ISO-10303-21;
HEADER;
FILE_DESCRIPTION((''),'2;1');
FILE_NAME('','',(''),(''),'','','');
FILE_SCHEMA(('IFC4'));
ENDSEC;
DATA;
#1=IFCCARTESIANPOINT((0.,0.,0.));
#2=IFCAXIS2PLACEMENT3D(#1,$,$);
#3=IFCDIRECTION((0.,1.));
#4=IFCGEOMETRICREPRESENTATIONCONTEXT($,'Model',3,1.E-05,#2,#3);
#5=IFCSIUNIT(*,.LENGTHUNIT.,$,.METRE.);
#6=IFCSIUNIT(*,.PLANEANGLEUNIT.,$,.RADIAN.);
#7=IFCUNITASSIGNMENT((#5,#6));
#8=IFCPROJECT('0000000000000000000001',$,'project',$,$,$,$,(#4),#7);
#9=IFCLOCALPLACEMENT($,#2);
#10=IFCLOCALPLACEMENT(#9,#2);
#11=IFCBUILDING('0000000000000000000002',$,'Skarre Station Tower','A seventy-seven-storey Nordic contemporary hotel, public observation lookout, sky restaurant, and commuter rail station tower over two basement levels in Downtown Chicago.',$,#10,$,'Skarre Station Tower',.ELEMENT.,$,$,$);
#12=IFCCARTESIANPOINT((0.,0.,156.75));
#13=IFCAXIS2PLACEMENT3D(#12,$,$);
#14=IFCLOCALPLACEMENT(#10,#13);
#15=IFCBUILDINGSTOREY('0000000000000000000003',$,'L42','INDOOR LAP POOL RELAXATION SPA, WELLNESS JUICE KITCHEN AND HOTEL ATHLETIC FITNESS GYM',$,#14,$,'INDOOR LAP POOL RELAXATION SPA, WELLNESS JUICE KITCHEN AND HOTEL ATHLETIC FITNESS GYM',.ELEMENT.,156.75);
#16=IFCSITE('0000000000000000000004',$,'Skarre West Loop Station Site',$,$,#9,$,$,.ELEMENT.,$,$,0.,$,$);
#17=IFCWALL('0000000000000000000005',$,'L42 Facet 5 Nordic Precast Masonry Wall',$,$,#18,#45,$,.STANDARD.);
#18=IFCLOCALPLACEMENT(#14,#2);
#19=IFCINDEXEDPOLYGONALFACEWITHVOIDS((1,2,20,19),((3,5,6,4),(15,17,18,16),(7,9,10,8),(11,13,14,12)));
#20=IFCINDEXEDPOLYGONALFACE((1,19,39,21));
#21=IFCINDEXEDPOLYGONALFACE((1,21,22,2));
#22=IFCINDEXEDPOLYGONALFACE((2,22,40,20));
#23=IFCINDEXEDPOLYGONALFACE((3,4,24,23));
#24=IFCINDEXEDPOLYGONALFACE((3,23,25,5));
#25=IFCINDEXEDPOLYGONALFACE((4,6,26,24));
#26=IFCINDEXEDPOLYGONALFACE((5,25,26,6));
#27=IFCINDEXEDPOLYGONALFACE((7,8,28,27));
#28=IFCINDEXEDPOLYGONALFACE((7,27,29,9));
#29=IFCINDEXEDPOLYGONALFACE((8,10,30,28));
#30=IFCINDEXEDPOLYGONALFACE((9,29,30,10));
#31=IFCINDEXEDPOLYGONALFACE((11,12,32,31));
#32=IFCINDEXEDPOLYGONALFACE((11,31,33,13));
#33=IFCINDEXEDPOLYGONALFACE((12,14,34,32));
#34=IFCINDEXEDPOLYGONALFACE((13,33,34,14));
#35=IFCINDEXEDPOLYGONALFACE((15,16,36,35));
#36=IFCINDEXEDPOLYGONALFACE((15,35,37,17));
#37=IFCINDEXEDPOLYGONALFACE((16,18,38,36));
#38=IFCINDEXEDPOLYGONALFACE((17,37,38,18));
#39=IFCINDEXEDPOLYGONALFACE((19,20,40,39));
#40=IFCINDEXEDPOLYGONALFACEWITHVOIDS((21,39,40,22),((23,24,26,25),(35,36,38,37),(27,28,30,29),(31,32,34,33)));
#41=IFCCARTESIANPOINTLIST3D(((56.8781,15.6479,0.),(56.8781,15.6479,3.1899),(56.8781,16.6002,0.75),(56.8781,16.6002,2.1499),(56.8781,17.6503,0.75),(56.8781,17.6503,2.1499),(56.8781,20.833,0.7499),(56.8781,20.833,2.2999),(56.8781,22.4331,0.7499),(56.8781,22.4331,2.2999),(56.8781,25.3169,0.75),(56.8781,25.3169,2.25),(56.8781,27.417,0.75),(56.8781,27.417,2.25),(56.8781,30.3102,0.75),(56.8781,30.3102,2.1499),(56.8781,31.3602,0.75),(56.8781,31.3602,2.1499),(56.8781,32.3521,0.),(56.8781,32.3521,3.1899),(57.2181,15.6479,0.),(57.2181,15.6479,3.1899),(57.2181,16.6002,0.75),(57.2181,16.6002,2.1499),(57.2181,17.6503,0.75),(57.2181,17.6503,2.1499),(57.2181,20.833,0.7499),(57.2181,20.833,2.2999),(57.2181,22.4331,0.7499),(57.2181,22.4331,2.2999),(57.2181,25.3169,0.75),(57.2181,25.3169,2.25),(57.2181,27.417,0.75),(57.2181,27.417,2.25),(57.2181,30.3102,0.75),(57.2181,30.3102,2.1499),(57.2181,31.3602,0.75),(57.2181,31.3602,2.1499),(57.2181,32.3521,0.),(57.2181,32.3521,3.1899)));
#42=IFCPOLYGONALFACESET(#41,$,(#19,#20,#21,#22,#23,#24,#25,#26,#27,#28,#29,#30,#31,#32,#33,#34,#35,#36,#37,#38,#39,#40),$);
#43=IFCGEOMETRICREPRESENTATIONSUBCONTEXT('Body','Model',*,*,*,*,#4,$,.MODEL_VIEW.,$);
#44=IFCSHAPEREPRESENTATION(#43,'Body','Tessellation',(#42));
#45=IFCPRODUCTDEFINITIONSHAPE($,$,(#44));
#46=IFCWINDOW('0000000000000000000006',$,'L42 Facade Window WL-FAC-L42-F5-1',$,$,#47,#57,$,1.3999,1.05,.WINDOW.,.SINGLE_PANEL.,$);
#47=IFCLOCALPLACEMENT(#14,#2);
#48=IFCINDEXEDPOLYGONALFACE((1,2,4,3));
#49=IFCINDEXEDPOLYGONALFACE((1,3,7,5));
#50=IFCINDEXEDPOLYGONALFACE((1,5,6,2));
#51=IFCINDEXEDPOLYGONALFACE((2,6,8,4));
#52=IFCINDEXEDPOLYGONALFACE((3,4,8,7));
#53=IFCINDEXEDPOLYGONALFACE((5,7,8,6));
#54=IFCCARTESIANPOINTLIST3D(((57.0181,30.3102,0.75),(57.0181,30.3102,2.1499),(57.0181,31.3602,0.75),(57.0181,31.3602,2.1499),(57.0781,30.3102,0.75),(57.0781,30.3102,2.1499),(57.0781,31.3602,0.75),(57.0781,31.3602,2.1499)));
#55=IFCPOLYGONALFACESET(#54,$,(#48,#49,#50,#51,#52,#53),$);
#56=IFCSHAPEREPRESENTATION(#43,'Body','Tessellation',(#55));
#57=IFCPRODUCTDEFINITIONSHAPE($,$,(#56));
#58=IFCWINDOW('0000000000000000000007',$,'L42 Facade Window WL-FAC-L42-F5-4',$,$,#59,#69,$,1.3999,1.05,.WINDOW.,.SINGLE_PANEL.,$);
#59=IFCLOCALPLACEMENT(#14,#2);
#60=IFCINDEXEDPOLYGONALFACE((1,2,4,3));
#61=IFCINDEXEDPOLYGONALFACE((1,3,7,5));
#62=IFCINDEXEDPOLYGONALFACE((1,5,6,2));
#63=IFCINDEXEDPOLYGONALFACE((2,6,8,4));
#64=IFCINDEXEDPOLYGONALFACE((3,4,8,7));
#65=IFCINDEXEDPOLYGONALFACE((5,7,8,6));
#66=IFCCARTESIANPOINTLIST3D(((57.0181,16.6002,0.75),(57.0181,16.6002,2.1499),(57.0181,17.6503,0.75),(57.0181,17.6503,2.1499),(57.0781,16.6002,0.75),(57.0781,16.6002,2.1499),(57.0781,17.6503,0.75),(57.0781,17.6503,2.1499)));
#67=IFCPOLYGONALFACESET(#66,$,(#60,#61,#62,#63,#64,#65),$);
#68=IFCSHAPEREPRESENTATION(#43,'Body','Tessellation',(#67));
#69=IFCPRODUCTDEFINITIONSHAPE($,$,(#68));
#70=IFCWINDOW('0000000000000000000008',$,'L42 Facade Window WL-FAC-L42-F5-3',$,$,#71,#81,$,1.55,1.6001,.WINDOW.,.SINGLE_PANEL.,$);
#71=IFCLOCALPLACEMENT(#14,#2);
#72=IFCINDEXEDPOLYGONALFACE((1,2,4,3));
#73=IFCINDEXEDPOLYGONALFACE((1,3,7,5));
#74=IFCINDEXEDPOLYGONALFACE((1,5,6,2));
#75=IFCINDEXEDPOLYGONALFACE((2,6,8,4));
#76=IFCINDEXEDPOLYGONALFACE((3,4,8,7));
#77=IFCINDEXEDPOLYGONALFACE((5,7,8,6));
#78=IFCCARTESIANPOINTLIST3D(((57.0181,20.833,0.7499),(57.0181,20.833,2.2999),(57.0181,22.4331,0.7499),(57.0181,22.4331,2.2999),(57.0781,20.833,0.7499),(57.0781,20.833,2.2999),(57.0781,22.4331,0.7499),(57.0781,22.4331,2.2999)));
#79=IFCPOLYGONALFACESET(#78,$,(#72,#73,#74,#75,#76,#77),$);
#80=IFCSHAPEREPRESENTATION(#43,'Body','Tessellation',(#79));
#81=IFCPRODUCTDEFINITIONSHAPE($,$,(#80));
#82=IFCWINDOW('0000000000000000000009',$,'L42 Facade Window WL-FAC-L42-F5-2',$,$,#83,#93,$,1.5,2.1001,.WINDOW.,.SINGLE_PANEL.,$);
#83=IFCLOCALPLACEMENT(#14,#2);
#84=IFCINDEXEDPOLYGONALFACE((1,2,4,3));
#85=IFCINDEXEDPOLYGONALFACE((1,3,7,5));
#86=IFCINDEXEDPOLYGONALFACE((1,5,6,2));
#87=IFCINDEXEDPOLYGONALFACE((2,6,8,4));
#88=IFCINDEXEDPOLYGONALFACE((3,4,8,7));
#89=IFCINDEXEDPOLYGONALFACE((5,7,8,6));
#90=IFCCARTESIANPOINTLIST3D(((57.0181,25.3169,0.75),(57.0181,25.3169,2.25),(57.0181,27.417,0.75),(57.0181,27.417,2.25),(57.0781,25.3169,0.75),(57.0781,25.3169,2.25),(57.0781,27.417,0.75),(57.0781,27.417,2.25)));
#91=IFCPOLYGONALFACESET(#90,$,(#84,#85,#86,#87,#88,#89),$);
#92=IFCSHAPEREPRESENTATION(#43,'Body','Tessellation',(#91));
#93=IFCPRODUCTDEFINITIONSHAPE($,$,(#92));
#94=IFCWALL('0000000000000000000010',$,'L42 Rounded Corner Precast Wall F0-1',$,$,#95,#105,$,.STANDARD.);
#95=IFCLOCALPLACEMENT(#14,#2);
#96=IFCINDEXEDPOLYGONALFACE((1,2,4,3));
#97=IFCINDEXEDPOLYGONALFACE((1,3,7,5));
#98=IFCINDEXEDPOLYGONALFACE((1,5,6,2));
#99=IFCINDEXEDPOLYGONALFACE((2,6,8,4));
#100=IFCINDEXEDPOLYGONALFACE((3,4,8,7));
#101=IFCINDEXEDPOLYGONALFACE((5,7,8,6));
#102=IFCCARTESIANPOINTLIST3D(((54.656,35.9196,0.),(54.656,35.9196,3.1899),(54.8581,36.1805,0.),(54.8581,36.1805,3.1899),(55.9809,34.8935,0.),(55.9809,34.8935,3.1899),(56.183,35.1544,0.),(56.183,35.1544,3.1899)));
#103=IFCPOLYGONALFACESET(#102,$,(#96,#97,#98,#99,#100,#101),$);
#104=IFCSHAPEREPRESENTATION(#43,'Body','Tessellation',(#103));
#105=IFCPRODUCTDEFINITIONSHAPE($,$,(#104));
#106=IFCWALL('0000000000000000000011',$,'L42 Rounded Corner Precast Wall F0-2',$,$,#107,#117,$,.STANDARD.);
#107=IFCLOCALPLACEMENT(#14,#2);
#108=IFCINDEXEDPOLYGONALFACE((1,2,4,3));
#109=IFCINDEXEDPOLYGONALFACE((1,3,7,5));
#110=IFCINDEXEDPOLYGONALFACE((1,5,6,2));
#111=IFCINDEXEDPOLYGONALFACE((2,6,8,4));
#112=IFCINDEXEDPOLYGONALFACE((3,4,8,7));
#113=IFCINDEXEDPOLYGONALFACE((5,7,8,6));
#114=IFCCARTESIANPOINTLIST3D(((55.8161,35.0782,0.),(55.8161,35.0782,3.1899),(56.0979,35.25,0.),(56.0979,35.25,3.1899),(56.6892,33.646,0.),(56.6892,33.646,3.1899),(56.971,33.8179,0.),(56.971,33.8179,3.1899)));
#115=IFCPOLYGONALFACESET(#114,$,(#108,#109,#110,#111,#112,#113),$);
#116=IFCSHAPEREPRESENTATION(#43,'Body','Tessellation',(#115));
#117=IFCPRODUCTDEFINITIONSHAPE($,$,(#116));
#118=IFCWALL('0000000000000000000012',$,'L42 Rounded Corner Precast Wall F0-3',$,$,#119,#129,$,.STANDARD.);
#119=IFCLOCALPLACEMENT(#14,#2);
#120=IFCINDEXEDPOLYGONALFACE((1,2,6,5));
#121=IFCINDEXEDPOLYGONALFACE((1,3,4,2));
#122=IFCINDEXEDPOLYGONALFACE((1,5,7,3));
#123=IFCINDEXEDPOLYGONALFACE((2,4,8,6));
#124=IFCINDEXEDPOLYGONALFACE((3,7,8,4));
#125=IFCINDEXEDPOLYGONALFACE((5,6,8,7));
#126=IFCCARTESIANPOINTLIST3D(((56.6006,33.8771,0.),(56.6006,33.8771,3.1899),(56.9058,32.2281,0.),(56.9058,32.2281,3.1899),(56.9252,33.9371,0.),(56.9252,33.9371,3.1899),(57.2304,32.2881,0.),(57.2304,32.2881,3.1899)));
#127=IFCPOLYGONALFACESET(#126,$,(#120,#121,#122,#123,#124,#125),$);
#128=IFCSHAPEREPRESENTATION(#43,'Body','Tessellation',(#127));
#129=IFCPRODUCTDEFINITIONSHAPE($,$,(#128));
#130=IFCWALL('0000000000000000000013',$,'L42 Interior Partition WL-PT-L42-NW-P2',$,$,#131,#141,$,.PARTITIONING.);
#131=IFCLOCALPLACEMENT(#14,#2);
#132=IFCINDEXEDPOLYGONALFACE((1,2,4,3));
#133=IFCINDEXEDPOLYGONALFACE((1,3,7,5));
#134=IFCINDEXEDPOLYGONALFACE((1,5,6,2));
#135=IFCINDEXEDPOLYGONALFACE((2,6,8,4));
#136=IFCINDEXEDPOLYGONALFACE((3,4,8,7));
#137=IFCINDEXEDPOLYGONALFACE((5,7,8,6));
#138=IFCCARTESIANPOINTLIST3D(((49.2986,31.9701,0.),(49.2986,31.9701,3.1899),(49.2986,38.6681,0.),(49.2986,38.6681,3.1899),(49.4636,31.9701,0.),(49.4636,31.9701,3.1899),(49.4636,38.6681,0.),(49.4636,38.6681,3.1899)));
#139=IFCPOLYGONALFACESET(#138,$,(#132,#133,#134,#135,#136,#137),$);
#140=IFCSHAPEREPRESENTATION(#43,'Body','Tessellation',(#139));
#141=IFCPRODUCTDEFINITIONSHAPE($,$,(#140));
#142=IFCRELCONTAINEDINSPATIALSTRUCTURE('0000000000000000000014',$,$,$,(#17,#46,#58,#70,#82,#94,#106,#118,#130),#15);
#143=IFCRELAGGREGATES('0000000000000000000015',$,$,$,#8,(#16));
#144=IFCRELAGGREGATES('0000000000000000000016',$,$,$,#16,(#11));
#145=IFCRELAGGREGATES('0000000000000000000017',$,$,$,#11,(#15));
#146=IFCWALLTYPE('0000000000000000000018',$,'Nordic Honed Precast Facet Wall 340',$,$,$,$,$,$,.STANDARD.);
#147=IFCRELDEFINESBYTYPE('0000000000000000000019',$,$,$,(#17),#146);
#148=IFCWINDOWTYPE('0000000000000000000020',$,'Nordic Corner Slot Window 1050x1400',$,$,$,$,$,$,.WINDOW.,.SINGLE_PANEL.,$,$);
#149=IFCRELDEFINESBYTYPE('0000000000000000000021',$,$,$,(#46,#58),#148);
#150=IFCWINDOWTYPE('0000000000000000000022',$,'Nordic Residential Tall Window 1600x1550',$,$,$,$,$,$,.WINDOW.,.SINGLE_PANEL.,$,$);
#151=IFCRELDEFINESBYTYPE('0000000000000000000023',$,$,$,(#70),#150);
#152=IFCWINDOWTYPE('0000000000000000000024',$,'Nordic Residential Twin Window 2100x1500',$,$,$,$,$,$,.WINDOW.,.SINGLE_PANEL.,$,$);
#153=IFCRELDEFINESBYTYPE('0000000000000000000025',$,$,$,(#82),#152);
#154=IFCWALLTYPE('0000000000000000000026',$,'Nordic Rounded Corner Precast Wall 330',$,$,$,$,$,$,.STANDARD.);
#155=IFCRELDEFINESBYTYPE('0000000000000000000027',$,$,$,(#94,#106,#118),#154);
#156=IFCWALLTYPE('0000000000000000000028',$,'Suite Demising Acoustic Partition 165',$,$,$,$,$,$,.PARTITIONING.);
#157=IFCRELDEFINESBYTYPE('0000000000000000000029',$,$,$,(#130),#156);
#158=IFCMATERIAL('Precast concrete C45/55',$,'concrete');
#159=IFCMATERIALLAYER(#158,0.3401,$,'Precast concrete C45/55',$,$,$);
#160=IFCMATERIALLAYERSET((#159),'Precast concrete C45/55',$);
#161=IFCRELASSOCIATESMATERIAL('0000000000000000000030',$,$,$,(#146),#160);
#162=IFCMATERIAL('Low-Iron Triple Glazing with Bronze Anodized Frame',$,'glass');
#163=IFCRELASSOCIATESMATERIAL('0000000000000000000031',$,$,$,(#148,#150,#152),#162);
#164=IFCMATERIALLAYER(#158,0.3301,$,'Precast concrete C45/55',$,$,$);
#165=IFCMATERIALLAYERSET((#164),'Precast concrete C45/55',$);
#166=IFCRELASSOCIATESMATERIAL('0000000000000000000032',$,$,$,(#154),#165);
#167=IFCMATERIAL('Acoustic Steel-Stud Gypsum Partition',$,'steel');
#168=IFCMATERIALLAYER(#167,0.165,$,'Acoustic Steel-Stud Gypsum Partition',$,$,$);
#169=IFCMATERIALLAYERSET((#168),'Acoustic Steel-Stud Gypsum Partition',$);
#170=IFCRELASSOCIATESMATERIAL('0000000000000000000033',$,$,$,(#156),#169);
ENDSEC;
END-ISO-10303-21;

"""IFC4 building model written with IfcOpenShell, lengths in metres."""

from ifc_helpers import new_model, si_unit, direction, frame, frame_2d, origin, place, context, subcontext, project, spatial, rectangle, extrude, material, layer, layer_set, type_object, element, fill, save


model = new_model("IFC4")

# Units and contexts
model_context = context("Model", 3, precision=1e-05, world=origin(), true_north=direction((0.0, 1.0)))
body_context = subcontext(model_context, "Body", "Model", "MODEL_VIEW")
ifc_project = project(units=[si_unit("LENGTHUNIT", "METRE"), si_unit("PLANEANGLEUNIT", "RADIAN")], contexts=[model_context])

# Site, building, storey
site_placement = place(None, origin())
site = spatial("IfcSite", under=ifc_project, at=site_placement, Name="Skarre West Loop Station Site", CompositionType="ELEMENT", RefElevation=0.0)
building_placement = place(site_placement, origin())
building = spatial("IfcBuilding", under=site, at=building_placement, Name="Skarre Station Tower", Description="A seventy-seven-storey Nordic contemporary hotel, public observation lookout, sky restaurant, and commuter rail station tower over two basement levels in Downtown Chicago.", LongName="Skarre Station Tower", CompositionType="ELEMENT")
storey_placement = place(building_placement, frame((0.0, 0.0, 156.75)))
storey = spatial("IfcBuildingStorey", under=building, at=storey_placement, Name="L42", Description="INDOOR LAP POOL RELAXATION SPA, WELLNESS JUICE KITCHEN AND HOTEL ATHLETIC FITNESS GYM", LongName="INDOOR LAP POOL RELAXATION SPA, WELLNESS JUICE KITCHEN AND HOTEL ATHLETIC FITNESS GYM", CompositionType="ELEMENT", Elevation=156.75)

# Shared definitions
ifc_material_1 = material(Name="Acoustic Steel-Stud Gypsum Partition", Category="steel")

# Wall, openings, windows
ifc_material_2 = material(Name="Precast concrete C45/55", Category="concrete")
ifc_layer_1 = layer(ifc_material_2, 0.3401, Name="Precast concrete C45/55")
ifc_layer_set_1 = layer_set([ifc_layer_1], Name="Precast concrete C45/55")
wall_type_1 = type_object("IfcWallType", Name="Nordic Honed Precast Facet Wall 340", PredefinedType="STANDARD", material=ifc_layer_set_1)
wall_1_placement = place(storey_placement, frame((57.0481, 32.3521, 0.0), z_axis=(0.0, 0.0, 1.0), x_axis=(0.0, -1.0, 0.0)))
wall_1 = element("IfcWall", 1, at=wall_1_placement, inside=storey, type_object=wall_type_1, Name="L42 Facet 5 Nordic Precast Masonry Wall", PredefinedType="STANDARD", context=body_context, shape_type="SweptSolid", body=[
    extrude(rectangle(XDim=16.7041, YDim=0.3401, at=frame_2d((8.3521, 0.0))), origin(), (0.0, 0.0, 1.0), 3.1899),
])
opening_1_placement = place(wall_1_placement, frame((0.9919, 0.0, 0.75)))
opening_1 = element("IfcOpeningElement", 2, at=opening_1_placement, cuts=wall_1, PredefinedType="OPENING", context=body_context, shape_type="SweptSolid", body=[
    extrude(rectangle(XDim=1.05, YDim=1.3999, at=frame_2d((0.5249, 0.7))), frame((0.0, 0.1799, 0.0), z_axis=(0.0, -1.0, 0.0), x_axis=(1.0, 0.0, 0.0)), (0.0, 0.0, 1.0), 0.3601),
])
opening_2_placement = place(wall_1_placement, frame((4.9351, 0.0, 0.75)))
opening_2 = element("IfcOpeningElement", 3, at=opening_2_placement, cuts=wall_1, PredefinedType="OPENING", context=body_context, shape_type="SweptSolid", body=[
    extrude(rectangle(XDim=2.1001, YDim=1.5, at=frame_2d((1.05, 0.75))), frame((0.0, 0.1799, 0.0), z_axis=(0.0, -1.0, 0.0), x_axis=(1.0, 0.0, 0.0)), (0.0, 0.0, 1.0), 0.3601),
])
opening_3_placement = place(wall_1_placement, frame((9.9189, 0.0, 0.75)))
opening_3 = element("IfcOpeningElement", 4, at=opening_3_placement, cuts=wall_1, PredefinedType="OPENING", context=body_context, shape_type="SweptSolid", body=[
    extrude(rectangle(XDim=1.6001, YDim=1.55, at=frame_2d((0.8, 0.7749))), frame((0.0, 0.1799, 0.0), z_axis=(0.0, -1.0, 0.0), x_axis=(1.0, 0.0, 0.0)), (0.0, 0.0, 1.0), 0.3601),
])
opening_4_placement = place(wall_1_placement, frame((14.7019, 0.0, 0.75)))
opening_4 = element("IfcOpeningElement", 5, at=opening_4_placement, cuts=wall_1, PredefinedType="OPENING", context=body_context, shape_type="SweptSolid", body=[
    extrude(rectangle(XDim=1.05, YDim=1.3999, at=frame_2d((0.5249, 0.7))), frame((0.0, 0.1799, 0.0), z_axis=(0.0, -1.0, 0.0), x_axis=(1.0, 0.0, 0.0)), (0.0, 0.0, 1.0), 0.3601),
])
ifc_material_3 = material(Name="Low-Iron Triple Glazing with Bronze Anodized Frame", Category="glass")
window_type_1 = type_object("IfcWindowType", Name="Nordic Corner Slot Window 1050x1400", PartitioningType="SINGLE_PANEL", PredefinedType="WINDOW", material=ifc_material_3)
window_1_placement = place(opening_1_placement, origin())
window_1 = element("IfcWindow", 6, at=window_1_placement, inside=storey, type_object=window_type_1, Name="L42 Facade Window WL-FAC-L42-F5-1", OverallHeight=1.3999, OverallWidth=1.05, PartitioningType="SINGLE_PANEL", PredefinedType="WINDOW", context=body_context, shape_type="SweptSolid", body=[
    extrude(rectangle(XDim=1.05, YDim=1.3999, at=frame_2d((0.5249, 0.7))), frame((0.0, 0.03, 0.0), z_axis=(0.0, -1.0, 0.0), x_axis=(1.0, 0.0, 0.0)), (0.0, 0.0, 1.0), 0.0601),
])
fill(opening_1, window_1)
window_2_placement = place(opening_4_placement, origin())
window_2 = element("IfcWindow", 7, at=window_2_placement, inside=storey, type_object=window_type_1, Name="L42 Facade Window WL-FAC-L42-F5-4", OverallHeight=1.3999, OverallWidth=1.05, PartitioningType="SINGLE_PANEL", PredefinedType="WINDOW", context=body_context, shape_type="SweptSolid", body=[
    extrude(rectangle(XDim=1.05, YDim=1.3999, at=frame_2d((0.5249, 0.7))), frame((0.0, 0.03, 0.0), z_axis=(0.0, -1.0, 0.0), x_axis=(1.0, 0.0, 0.0)), (0.0, 0.0, 1.0), 0.0601),
])
fill(opening_4, window_2)
window_type_2 = type_object("IfcWindowType", Name="Nordic Residential Tall Window 1600x1550", PartitioningType="SINGLE_PANEL", PredefinedType="WINDOW", material=ifc_material_3)
window_3_placement = place(opening_3_placement, origin())
window_3 = element("IfcWindow", 8, at=window_3_placement, inside=storey, type_object=window_type_2, Name="L42 Facade Window WL-FAC-L42-F5-3", OverallHeight=1.55, OverallWidth=1.6001, PartitioningType="SINGLE_PANEL", PredefinedType="WINDOW", context=body_context, shape_type="SweptSolid", body=[
    extrude(rectangle(XDim=1.6001, YDim=1.55, at=frame_2d((0.8, 0.7749))), frame((0.0, 0.03, 0.0), z_axis=(0.0, -1.0, 0.0), x_axis=(1.0, 0.0, 0.0)), (0.0, 0.0, 1.0), 0.0601),
])
fill(opening_3, window_3)
window_type_3 = type_object("IfcWindowType", Name="Nordic Residential Twin Window 2100x1500", PartitioningType="SINGLE_PANEL", PredefinedType="WINDOW", material=ifc_material_3)
window_4_placement = place(opening_2_placement, origin())
window_4 = element("IfcWindow", 9, at=window_4_placement, inside=storey, type_object=window_type_3, Name="L42 Facade Window WL-FAC-L42-F5-2", OverallHeight=1.5, OverallWidth=2.1001, PartitioningType="SINGLE_PANEL", PredefinedType="WINDOW", context=body_context, shape_type="SweptSolid", body=[
    extrude(rectangle(XDim=2.1001, YDim=1.5, at=frame_2d((1.05, 0.75))), frame((0.0, 0.03, 0.0), z_axis=(0.0, -1.0, 0.0), x_axis=(1.0, 0.0, 0.0)), (0.0, 0.0, 1.0), 0.0601),
])
fill(opening_2, window_4)

# Walls
ifc_layer_2 = layer(ifc_material_2, 0.3301, Name="Precast concrete C45/55")
ifc_layer_set_2 = layer_set([ifc_layer_2], Name="Precast concrete C45/55")
wall_type_2 = type_object("IfcWallType", Name="Nordic Rounded Corner Precast Wall 330", PredefinedType="STANDARD", material=ifc_layer_set_2)
wall_2_placement = place(storey_placement, frame((54.7571, 36.05, 0.0), z_axis=(0.0, 0.0, 1.0), x_axis=(0.790621, -0.612305, 0.0)))
element("IfcWall", 10, at=wall_2_placement, inside=storey, type_object=wall_type_2, Name="L42 Rounded Corner Precast Wall F0-1", PredefinedType="STANDARD", context=body_context, shape_type="SweptSolid", body=[
    extrude(rectangle(XDim=1.6758, YDim=0.3301, at=frame_2d((0.8379, 0.0))), origin(), (0.0, 0.0, 1.0), 3.1899),
])
wall_3_placement = place(storey_placement, frame((55.957, 35.1641, 0.0), z_axis=(0.0, 0.0, 1.0), x_axis=(0.520519, -0.85385, 0.0)))
element("IfcWall", 11, at=wall_3_placement, inside=storey, type_object=wall_type_2, Name="L42 Rounded Corner Precast Wall F0-2", PredefinedType="STANDARD", context=body_context, shape_type="SweptSolid", body=[
    extrude(rectangle(XDim=1.6772, YDim=0.3301, at=frame_2d((0.8386, 0.0))), origin(), (0.0, 0.0, 1.0), 3.1899),
])
wall_4_placement = place(storey_placement, frame((56.7629, 33.907, 0.0), z_axis=(0.0, 0.0, 1.0), x_axis=(0.181985, -0.983301, 0.0)))
element("IfcWall", 12, at=wall_4_placement, inside=storey, type_object=wall_type_2, Name="L42 Rounded Corner Precast Wall F0-3", PredefinedType="STANDARD", context=body_context, shape_type="SweptSolid", body=[
    extrude(rectangle(XDim=1.677, YDim=0.3301, at=frame_2d((0.8384, 0.0))), origin(), (0.0, 0.0, 1.0), 3.1899),
])
ifc_layer_3 = layer(ifc_material_1, 0.165, Name="Acoustic Steel-Stud Gypsum Partition")
ifc_layer_set_3 = layer_set([ifc_layer_3], Name="Acoustic Steel-Stud Gypsum Partition")
wall_type_3 = type_object("IfcWallType", Name="Suite Demising Acoustic Partition 165", PredefinedType="PARTITIONING", material=ifc_layer_set_3)
wall_5_placement = place(storey_placement, frame((49.3811, 31.97, 0.0), z_axis=(0.0, 0.0, 1.0), x_axis=(0.0, 1.0, 0.0)))
element("IfcWall", 13, at=wall_5_placement, inside=storey, type_object=wall_type_3, Name="L42 Interior Partition WL-PT-L42-NW-P2", PredefinedType="PARTITIONING", context=body_context, shape_type="SweptSolid", body=[
    extrude(rectangle(XDim=6.698, YDim=0.165, at=frame_2d((3.3491, 0.0))), origin(), (0.0, 0.0, 1.0), 3.1899),
])

save(model, "model.ifc")
